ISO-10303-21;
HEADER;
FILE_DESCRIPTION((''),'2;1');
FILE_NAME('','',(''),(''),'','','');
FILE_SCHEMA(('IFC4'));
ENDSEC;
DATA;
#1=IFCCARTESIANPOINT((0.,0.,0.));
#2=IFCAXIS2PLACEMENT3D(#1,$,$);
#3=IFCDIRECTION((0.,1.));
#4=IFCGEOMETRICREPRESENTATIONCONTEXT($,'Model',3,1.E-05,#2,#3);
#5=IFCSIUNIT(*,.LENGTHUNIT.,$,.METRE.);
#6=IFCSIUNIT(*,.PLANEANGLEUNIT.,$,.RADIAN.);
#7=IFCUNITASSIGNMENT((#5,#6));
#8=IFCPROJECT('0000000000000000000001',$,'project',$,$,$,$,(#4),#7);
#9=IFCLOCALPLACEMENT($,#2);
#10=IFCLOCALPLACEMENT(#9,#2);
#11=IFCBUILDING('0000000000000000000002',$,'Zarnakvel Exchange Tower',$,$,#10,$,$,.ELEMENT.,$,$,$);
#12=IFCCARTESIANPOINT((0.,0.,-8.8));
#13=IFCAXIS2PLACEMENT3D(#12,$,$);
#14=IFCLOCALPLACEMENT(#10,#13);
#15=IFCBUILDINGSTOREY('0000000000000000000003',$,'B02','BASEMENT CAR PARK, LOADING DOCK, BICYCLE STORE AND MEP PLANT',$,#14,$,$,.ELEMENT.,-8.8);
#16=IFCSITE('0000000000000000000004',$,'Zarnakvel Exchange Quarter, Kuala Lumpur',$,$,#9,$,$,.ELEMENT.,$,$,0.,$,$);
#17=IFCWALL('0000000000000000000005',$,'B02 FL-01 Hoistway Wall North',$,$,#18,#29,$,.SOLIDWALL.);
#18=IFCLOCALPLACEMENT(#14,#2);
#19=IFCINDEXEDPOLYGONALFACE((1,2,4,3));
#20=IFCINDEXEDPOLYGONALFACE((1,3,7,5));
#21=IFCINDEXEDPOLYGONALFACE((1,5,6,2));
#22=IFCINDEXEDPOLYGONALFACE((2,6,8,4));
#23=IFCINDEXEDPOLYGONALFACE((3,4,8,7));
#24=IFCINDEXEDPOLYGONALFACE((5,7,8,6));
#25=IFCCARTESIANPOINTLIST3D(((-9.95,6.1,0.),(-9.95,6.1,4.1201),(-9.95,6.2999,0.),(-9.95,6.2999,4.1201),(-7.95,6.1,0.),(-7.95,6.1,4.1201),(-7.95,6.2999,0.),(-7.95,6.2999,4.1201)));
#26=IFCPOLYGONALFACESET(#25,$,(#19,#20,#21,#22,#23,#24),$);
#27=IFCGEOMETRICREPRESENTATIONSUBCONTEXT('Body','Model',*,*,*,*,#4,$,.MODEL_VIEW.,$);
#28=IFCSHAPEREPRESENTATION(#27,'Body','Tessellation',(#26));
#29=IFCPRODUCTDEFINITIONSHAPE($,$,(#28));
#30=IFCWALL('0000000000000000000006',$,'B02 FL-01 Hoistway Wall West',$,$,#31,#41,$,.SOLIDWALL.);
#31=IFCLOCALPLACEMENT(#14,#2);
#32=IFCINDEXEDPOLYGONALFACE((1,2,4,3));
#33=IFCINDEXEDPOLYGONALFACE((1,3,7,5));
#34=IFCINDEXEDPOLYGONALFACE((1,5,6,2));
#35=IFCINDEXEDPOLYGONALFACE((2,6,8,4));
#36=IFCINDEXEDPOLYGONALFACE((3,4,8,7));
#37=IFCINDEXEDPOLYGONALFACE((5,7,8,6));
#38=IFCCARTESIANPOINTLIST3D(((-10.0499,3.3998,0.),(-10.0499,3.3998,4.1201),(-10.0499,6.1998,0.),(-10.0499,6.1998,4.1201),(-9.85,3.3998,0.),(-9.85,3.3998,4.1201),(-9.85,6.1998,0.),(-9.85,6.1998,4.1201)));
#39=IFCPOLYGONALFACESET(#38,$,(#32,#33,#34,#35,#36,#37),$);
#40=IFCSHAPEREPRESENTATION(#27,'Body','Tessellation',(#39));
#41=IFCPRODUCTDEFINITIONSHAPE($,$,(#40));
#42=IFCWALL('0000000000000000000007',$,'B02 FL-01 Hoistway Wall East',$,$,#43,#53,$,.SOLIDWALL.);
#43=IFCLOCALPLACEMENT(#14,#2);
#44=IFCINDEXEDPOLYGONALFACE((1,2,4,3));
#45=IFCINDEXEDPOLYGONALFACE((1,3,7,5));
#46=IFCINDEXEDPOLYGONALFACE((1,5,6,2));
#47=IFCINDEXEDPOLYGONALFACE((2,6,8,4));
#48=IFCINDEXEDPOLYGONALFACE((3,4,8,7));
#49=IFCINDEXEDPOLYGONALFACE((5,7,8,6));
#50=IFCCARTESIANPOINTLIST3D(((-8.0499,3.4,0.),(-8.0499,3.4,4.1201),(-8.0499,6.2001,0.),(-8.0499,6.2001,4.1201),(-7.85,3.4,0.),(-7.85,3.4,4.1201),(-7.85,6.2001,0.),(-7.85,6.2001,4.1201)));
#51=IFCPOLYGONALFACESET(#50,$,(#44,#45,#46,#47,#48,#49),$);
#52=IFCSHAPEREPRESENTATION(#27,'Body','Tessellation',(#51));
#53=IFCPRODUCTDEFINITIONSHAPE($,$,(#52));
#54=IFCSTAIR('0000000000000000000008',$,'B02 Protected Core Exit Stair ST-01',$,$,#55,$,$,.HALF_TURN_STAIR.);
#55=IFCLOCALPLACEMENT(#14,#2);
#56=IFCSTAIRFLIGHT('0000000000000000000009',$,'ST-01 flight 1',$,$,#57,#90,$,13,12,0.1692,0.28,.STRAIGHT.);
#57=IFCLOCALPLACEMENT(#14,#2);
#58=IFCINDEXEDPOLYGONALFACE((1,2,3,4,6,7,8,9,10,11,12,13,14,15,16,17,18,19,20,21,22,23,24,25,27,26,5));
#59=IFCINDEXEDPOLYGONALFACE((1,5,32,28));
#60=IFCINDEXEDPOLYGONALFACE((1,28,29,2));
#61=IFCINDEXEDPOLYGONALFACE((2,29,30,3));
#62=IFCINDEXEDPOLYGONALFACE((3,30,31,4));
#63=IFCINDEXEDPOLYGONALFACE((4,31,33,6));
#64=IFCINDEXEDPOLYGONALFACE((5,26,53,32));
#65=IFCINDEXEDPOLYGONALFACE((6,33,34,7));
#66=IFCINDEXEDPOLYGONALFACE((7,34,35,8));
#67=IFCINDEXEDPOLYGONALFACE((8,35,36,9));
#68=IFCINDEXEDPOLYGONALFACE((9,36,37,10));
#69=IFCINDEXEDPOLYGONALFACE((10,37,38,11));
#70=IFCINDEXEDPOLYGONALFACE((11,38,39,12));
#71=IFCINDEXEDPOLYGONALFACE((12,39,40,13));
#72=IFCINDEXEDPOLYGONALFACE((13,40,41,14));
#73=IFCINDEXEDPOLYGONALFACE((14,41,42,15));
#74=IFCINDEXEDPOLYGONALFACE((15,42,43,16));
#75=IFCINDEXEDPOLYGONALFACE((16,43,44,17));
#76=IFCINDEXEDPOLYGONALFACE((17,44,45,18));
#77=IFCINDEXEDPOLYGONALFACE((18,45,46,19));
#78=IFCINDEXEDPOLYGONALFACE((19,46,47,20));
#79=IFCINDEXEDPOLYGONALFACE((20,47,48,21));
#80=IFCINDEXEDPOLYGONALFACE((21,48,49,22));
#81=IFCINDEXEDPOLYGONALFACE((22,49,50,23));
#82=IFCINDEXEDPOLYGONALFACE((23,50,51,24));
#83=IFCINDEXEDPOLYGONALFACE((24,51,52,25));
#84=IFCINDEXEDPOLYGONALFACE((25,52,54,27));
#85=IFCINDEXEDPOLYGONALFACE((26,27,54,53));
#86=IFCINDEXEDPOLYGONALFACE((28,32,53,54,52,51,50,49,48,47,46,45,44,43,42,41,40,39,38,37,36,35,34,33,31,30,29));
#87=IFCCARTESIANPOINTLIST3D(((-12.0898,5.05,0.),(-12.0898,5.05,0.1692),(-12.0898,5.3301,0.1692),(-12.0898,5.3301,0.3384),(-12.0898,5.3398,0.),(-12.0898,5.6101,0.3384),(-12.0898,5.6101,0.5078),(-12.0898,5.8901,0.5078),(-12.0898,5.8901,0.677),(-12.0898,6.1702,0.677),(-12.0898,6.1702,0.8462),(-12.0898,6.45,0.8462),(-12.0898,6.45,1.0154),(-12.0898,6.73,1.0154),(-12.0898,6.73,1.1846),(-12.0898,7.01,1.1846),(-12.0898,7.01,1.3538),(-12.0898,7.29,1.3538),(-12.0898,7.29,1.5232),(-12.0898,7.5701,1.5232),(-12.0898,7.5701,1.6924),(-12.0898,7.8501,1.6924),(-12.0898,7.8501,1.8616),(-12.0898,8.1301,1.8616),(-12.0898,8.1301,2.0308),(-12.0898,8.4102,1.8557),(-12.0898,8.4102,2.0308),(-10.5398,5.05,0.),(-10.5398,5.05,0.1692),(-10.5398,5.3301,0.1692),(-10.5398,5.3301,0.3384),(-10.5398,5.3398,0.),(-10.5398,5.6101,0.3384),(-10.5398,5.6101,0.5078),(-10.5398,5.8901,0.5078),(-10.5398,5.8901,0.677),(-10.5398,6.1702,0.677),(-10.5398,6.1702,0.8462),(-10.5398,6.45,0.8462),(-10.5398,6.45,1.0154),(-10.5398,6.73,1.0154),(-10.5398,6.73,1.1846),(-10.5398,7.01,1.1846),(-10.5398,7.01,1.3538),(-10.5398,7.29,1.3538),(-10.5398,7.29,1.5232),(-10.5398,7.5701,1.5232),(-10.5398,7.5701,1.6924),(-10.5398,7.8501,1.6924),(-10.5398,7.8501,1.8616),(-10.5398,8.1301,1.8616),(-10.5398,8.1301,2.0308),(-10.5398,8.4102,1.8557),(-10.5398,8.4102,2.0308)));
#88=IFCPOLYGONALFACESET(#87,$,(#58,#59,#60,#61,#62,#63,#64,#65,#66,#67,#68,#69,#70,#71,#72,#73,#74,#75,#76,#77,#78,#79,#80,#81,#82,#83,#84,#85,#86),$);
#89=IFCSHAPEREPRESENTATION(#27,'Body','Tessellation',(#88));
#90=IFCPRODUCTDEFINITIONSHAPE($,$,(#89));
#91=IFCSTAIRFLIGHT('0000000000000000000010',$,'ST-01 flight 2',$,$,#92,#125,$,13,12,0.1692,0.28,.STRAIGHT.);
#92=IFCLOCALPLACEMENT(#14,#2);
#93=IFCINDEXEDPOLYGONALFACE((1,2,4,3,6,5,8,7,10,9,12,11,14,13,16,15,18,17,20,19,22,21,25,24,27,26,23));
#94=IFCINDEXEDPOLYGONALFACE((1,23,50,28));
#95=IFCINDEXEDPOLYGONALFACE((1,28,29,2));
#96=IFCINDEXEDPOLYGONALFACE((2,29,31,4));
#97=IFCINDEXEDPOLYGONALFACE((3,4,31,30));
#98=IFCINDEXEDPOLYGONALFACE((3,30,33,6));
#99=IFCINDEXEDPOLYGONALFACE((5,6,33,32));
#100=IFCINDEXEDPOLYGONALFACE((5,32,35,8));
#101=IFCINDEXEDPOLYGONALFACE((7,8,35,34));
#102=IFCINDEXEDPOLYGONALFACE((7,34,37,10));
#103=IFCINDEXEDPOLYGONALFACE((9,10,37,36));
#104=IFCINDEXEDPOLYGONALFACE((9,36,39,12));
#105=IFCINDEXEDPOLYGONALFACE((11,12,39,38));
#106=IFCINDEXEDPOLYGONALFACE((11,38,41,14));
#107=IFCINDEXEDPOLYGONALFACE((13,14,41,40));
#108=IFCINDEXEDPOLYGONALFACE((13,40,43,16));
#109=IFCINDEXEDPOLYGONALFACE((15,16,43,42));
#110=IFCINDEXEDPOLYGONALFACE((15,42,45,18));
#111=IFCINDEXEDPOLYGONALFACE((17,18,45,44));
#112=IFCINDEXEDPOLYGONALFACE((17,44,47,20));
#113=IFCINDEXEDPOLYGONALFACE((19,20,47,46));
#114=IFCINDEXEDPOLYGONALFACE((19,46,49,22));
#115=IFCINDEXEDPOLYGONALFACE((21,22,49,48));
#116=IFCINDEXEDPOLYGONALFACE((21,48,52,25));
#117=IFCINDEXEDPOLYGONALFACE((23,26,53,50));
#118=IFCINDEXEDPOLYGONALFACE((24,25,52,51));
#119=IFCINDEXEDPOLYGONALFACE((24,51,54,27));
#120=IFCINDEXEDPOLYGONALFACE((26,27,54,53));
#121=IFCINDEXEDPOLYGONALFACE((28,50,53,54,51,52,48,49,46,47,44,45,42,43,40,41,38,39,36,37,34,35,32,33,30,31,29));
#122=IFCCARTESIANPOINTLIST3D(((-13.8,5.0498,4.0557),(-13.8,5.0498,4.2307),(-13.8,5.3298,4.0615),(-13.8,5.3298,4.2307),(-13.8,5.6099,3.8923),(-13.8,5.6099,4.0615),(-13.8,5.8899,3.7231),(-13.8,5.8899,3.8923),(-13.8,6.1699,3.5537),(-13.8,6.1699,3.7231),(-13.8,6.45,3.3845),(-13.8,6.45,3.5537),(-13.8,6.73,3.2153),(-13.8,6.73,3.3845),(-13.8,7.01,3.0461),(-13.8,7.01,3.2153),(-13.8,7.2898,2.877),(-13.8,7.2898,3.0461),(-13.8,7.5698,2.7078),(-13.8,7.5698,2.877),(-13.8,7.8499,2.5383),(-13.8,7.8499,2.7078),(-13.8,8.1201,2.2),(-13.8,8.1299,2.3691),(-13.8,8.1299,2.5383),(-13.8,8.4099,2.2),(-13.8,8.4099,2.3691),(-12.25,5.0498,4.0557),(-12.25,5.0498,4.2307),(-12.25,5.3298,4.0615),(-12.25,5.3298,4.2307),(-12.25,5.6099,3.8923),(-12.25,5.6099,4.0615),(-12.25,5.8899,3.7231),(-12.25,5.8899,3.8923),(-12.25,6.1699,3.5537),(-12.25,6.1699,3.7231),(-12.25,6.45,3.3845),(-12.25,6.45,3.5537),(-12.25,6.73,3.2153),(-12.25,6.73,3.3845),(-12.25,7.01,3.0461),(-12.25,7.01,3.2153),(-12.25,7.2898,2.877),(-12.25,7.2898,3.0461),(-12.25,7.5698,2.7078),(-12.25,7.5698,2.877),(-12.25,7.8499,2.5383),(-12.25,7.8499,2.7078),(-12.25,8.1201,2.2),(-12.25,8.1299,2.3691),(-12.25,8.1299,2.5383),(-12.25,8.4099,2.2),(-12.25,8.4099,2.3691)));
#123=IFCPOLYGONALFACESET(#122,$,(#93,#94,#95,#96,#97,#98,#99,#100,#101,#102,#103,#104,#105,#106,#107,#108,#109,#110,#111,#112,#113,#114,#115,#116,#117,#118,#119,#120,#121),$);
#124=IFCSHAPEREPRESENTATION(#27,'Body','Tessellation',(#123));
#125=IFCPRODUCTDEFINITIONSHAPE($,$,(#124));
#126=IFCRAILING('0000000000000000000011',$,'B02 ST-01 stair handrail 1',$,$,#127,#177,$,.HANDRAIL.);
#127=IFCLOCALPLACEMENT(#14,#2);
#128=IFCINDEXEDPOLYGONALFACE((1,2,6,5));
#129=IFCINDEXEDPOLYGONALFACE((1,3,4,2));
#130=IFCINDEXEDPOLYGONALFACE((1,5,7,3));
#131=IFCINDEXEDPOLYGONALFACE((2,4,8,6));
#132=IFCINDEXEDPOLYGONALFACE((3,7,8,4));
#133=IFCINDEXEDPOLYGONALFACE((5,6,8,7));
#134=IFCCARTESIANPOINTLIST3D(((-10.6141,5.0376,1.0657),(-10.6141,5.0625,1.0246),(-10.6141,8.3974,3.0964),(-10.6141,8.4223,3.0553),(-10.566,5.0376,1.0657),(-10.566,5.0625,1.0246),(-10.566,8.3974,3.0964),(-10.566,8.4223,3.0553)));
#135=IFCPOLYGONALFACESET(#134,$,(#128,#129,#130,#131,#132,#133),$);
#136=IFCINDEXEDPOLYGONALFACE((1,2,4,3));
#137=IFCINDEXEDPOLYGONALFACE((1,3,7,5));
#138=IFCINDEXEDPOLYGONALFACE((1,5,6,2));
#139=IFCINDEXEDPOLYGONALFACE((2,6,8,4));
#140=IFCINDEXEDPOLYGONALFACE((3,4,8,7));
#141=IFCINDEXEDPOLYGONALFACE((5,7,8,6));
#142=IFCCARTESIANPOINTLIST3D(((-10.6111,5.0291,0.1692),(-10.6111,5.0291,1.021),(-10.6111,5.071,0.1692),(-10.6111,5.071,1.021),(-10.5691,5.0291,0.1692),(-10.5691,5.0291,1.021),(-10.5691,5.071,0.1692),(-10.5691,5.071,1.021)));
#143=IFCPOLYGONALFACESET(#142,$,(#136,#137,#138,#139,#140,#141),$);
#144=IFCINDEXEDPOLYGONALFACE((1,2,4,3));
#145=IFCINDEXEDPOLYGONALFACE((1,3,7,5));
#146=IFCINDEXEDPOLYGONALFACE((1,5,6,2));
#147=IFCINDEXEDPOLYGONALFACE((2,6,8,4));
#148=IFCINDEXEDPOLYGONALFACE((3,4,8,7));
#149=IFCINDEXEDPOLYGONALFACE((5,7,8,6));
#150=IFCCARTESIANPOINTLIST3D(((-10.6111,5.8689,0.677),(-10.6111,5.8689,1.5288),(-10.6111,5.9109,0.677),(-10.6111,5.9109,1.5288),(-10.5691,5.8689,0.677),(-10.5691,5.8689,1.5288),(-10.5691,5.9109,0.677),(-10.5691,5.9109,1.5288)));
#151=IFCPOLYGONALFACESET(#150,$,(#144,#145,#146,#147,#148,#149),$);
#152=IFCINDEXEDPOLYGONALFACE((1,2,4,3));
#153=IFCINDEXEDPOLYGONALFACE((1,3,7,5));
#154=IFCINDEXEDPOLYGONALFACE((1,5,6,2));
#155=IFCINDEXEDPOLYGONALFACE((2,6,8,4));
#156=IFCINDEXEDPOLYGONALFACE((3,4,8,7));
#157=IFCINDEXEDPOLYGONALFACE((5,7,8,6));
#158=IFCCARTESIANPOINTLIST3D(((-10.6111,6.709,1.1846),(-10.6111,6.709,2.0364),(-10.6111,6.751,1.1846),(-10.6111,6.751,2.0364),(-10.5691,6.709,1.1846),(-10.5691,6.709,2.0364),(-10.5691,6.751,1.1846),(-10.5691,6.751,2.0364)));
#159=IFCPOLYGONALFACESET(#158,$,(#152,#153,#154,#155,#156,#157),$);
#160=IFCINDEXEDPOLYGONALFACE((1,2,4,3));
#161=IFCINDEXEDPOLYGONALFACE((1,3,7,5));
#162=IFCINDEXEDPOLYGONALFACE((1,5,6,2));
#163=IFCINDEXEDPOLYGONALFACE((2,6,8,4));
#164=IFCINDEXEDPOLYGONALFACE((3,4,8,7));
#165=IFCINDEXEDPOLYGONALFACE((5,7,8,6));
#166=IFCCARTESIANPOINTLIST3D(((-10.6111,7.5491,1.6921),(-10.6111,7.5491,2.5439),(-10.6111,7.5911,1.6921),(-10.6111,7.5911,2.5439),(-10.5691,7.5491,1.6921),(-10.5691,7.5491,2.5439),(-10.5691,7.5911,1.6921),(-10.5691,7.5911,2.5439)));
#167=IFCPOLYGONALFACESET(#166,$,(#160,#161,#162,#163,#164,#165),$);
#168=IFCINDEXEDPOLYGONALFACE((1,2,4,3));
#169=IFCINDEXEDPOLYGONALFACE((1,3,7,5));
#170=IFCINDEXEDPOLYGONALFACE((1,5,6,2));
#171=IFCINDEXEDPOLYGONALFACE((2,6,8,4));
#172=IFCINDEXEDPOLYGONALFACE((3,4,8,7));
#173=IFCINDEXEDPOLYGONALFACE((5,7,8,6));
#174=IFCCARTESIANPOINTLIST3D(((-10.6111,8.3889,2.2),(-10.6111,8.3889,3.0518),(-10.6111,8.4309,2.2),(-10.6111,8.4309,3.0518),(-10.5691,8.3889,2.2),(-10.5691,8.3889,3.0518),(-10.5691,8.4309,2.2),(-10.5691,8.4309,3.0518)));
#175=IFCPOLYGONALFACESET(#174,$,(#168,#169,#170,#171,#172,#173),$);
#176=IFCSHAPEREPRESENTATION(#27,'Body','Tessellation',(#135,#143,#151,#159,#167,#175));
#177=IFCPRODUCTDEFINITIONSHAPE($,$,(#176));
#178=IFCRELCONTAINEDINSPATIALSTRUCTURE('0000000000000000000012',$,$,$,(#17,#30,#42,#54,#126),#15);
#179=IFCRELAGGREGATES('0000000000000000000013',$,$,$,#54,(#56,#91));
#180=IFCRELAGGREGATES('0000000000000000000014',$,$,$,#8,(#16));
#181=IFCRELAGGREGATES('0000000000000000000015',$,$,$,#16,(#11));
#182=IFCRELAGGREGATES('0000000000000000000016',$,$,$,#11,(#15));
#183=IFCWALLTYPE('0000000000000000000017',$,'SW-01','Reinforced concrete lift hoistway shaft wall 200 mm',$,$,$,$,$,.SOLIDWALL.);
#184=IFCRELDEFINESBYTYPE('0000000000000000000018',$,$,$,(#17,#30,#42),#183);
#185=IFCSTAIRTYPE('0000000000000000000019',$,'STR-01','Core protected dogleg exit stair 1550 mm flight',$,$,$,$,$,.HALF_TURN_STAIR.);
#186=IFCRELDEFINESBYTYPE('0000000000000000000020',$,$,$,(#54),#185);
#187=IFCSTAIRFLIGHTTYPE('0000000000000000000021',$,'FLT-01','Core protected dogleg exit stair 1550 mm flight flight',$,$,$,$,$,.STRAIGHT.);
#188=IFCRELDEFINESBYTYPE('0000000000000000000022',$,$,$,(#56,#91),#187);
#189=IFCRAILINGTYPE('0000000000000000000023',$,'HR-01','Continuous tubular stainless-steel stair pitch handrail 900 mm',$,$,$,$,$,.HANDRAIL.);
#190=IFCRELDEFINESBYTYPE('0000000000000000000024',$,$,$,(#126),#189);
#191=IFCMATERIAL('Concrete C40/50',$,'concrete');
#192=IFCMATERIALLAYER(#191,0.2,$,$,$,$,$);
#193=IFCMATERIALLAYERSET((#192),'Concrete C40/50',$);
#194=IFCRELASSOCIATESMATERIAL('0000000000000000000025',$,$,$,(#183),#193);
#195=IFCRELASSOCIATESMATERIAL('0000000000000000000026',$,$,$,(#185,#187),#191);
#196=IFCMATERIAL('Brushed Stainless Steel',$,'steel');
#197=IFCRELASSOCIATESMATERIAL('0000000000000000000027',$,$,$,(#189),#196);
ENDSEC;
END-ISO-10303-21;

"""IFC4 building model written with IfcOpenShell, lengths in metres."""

from ifc_helpers import new_model, si_unit, direction, frame, frame_2d, origin, origin_2d, place, context, subcontext, project, spatial, polyline, rectangle, outline, extrude, material, layer, layer_set, type_object, element, aggregate, save


model = new_model("IFC4")

# Units and contexts
model_context = context("Model", 3, precision=1e-05, world=origin(), true_north=direction((0.0, 1.0)))
body_context = subcontext(model_context, "Body", "Model", "MODEL_VIEW")
ifc_project = project(units=[si_unit("LENGTHUNIT", "METRE"), si_unit("PLANEANGLEUNIT", "RADIAN")], contexts=[model_context])

# Site, building, storey
site_placement = place(None, origin())
site = spatial("IfcSite", under=ifc_project, at=site_placement, Name="Zarnakvel Exchange Quarter, Kuala Lumpur", CompositionType="ELEMENT", RefElevation=0.0)
building_placement = place(site_placement, origin())
building = spatial("IfcBuilding", under=site, at=building_placement, Name="Zarnakvel Exchange Tower", CompositionType="ELEMENT")
storey_placement = place(building_placement, frame((0.0, 0.0, -8.8)))
storey = spatial("IfcBuildingStorey", under=building, at=storey_placement, Name="B02", Description="BASEMENT CAR PARK, LOADING DOCK, BICYCLE STORE AND MEP PLANT", CompositionType="ELEMENT", Elevation=-8.8)

# Shared definitions
ifc_material_1 = material(Name="Concrete C40/50", Category="concrete")
ifc_layer_1 = layer(ifc_material_1, 0.2)
ifc_layer_set_1 = layer_set([ifc_layer_1], Name="Concrete C40/50")
wall_type_1 = type_object("IfcWallType", Name="SW-01", Description="Reinforced concrete lift hoistway shaft wall 200 mm", PredefinedType="SOLIDWALL", material=ifc_layer_set_1)
ifc_material_2 = material(Name="Brushed Stainless Steel", Category="steel")

# Walls
wall_1_placement = place(storey_placement, frame((-9.95, 6.2, 0.0), z_axis=(0.0, 0.0, 1.0), x_axis=(1.0, 0.0, 0.0)))
element("IfcWall", 1, at=wall_1_placement, inside=storey, type_object=wall_type_1, Name="B02 FL-01 Hoistway Wall North", PredefinedType="SOLIDWALL", context=body_context, shape_type="SweptSolid", body=[
    extrude(rectangle(XDim=2.0, YDim=0.2, at=frame_2d((1.0, 0.0))), origin(), (0.0, 0.0, 1.0), 4.1201),
])
for number, where, z_axis, x_axis, name in (
    (2, (-9.95, 3.3999, 0.0), (0.0, 0.0, 1.0), (0.0, 1.0, 0.0), "B02 FL-01 Hoistway Wall West"),
    (3, (-7.95, 6.2, 0.0), (0.0, 0.0, 1.0), (0.0, -1.0, 0.0), "B02 FL-01 Hoistway Wall East"),
):
    element("IfcWall", number, at=place(storey_placement, frame(where, z_axis=z_axis, x_axis=x_axis)), inside=storey, type_object=wall_type_1, Name=name, PredefinedType="SOLIDWALL", context=body_context, shape_type="SweptSolid", body=[
        extrude(rectangle(XDim=2.8, YDim=0.2, at=frame_2d((1.3999, 0.0))), origin(), (0.0, 0.0, 1.0), 4.1201),
    ])

# Stair, stair flights
stair_type = type_object("IfcStairType", Name="STR-01", Description="Core protected dogleg exit stair 1550 mm flight", PredefinedType="HALF_TURN_STAIR", material=ifc_material_1)
stair_placement = place(storey_placement, origin())
stair = element("IfcStair", 4, at=stair_placement, inside=storey, type_object=stair_type, Name="B02 Protected Core Exit Stair ST-01", PredefinedType="HALF_TURN_STAIR")
stair_flight_type = type_object("IfcStairFlightType", Name="FLT-01", Description="Core protected dogleg exit stair 1550 mm flight flight", PredefinedType="STRAIGHT", material=ifc_material_1)
stair_flight_1_placement = place(storey_placement, frame((-11.3149, 5.05, 0.0), z_axis=(0.0, 0.0, 1.0), x_axis=(0.0, 1.0, 0.0)))
stair_flight_1 = element("IfcStairFlight", 5, at=stair_flight_1_placement, type_object=stair_flight_type, Name="ST-01 flight 1", NumberOfRisers=13, NumberOfTreads=12, PredefinedType="STRAIGHT", RiserHeight=0.1692, TreadLength=0.28, context=body_context, shape_type="SweptSolid", body=[
    extrude(outline(polyline([(0.0, 0.0), (0.0, 0.1692), (0.28, 0.1692), (0.28, 0.3384), (0.5601, 0.3384), (0.5601, 0.5078), (0.8401, 0.5078), (0.8401, 0.677), (1.1201, 0.677), (1.1201, 0.8462), (1.3999, 0.8462), (1.3999, 1.0154), (1.6799, 1.0154), (1.6799, 1.1846), (1.96, 1.1846), (1.96, 1.3538), (2.24, 1.3538), (2.24, 1.5232), (2.52, 1.5232), (2.52, 1.6924), (2.8, 1.6924), (2.8, 1.8616), (3.0801, 1.8616), (3.0801, 2.0308), (3.3601, 2.0308), (3.3601, 2.2), (3.3601, 1.8557), (0.2898, 0.0), (0.0, 0.0)])), frame((0.0, 0.7749, 0.0), z_axis=(0.0, -1.0, 0.0), x_axis=(1.0, 0.0, 0.0)), (0.0, 0.0, 1.0), 1.55),
])
stair_flight_2_placement = place(storey_placement, frame((-13.0249, 8.4099, 2.2), z_axis=(0.0, 0.0, 1.0), x_axis=(0.0, -1.0, 0.0)))
stair_flight_2 = element("IfcStairFlight", 6, at=stair_flight_2_placement, type_object=stair_flight_type, Name="ST-01 flight 2", NumberOfRisers=13, NumberOfTreads=12, PredefinedType="STRAIGHT", RiserHeight=0.1692, TreadLength=0.28, context=body_context, shape_type="SweptSolid", body=[
    extrude(outline(polyline([(0.0, 0.0), (0.0, 0.1692), (0.28, 0.1692), (0.28, 0.3384), (0.5601, 0.3384), (0.5601, 0.5078), (0.8401, 0.5078), (0.8401, 0.677), (1.1201, 0.677), (1.1201, 0.8462), (1.3999, 0.8462), (1.3999, 1.0154), (1.6799, 1.0154), (1.6799, 1.1846), (1.96, 1.1846), (1.96, 1.3538), (2.24, 1.3538), (2.24, 1.5232), (2.52, 1.5232), (2.52, 1.6924), (2.8, 1.6924), (2.8, 1.8616), (3.0801, 1.8616), (3.0801, 2.0308), (3.3601, 2.0308), (3.3601, 2.2), (3.3601, 1.8557), (0.2898, 0.0), (0.0, 0.0)])), frame((0.0, 0.7749, 0.0), z_axis=(0.0, -1.0, 0.0), x_axis=(1.0, 0.0, 0.0)), (0.0, 0.0, 1.0), 1.55),
])
aggregate(stair, [stair_flight_1, stair_flight_2])

# Railing
railing_type_1 = type_object("IfcRailingType", Name="HR-01", Description="Continuous tubular stainless-steel stair pitch handrail 900 mm", PredefinedType="HANDRAIL", material=ifc_material_2)
railing_1_placement = place(storey_placement, frame((-10.5901, 5.05, 0.1692)))
element("IfcRailing", 7, at=railing_1_placement, inside=storey, type_object=railing_type_1, Name="B02 ST-01 stair handrail 1", PredefinedType="HANDRAIL", context=body_context, shape_type="SweptSolid", body=[
    extrude(rectangle(XDim=0.0481, YDim=0.0481, at=origin_2d()), frame((0.0, 0.0, 0.876), z_axis=(0.0, 0.85582, 0.517273), x_axis=(-1.0, 0.0, 0.0)), (0.0, 0.0, 1.0), 3.9258),
    extrude(rectangle(XDim=0.042, YDim=0.042, at=origin_2d()), origin(), (0.0, 0.0, 1.0), 0.8518),
    extrude(rectangle(XDim=0.042, YDim=0.042, at=origin_2d()), frame((0.0, 0.8398, 0.5078)), (0.0, 0.0, 1.0), 0.8518),
    extrude(rectangle(XDim=0.042, YDim=0.042, at=origin_2d()), frame((0.0, 1.6799, 1.0154)), (0.0, 0.0, 1.0), 0.8518),
    extrude(rectangle(XDim=0.042, YDim=0.042, at=origin_2d()), frame((0.0, 2.52, 1.5229)), (0.0, 0.0, 1.0), 0.8518),
    extrude(rectangle(XDim=0.042, YDim=0.042, at=origin_2d()), frame((0.0, 3.3599, 2.0308)), (0.0, 0.0, 1.0), 0.8518),
])

save(model, "model.ifc")
